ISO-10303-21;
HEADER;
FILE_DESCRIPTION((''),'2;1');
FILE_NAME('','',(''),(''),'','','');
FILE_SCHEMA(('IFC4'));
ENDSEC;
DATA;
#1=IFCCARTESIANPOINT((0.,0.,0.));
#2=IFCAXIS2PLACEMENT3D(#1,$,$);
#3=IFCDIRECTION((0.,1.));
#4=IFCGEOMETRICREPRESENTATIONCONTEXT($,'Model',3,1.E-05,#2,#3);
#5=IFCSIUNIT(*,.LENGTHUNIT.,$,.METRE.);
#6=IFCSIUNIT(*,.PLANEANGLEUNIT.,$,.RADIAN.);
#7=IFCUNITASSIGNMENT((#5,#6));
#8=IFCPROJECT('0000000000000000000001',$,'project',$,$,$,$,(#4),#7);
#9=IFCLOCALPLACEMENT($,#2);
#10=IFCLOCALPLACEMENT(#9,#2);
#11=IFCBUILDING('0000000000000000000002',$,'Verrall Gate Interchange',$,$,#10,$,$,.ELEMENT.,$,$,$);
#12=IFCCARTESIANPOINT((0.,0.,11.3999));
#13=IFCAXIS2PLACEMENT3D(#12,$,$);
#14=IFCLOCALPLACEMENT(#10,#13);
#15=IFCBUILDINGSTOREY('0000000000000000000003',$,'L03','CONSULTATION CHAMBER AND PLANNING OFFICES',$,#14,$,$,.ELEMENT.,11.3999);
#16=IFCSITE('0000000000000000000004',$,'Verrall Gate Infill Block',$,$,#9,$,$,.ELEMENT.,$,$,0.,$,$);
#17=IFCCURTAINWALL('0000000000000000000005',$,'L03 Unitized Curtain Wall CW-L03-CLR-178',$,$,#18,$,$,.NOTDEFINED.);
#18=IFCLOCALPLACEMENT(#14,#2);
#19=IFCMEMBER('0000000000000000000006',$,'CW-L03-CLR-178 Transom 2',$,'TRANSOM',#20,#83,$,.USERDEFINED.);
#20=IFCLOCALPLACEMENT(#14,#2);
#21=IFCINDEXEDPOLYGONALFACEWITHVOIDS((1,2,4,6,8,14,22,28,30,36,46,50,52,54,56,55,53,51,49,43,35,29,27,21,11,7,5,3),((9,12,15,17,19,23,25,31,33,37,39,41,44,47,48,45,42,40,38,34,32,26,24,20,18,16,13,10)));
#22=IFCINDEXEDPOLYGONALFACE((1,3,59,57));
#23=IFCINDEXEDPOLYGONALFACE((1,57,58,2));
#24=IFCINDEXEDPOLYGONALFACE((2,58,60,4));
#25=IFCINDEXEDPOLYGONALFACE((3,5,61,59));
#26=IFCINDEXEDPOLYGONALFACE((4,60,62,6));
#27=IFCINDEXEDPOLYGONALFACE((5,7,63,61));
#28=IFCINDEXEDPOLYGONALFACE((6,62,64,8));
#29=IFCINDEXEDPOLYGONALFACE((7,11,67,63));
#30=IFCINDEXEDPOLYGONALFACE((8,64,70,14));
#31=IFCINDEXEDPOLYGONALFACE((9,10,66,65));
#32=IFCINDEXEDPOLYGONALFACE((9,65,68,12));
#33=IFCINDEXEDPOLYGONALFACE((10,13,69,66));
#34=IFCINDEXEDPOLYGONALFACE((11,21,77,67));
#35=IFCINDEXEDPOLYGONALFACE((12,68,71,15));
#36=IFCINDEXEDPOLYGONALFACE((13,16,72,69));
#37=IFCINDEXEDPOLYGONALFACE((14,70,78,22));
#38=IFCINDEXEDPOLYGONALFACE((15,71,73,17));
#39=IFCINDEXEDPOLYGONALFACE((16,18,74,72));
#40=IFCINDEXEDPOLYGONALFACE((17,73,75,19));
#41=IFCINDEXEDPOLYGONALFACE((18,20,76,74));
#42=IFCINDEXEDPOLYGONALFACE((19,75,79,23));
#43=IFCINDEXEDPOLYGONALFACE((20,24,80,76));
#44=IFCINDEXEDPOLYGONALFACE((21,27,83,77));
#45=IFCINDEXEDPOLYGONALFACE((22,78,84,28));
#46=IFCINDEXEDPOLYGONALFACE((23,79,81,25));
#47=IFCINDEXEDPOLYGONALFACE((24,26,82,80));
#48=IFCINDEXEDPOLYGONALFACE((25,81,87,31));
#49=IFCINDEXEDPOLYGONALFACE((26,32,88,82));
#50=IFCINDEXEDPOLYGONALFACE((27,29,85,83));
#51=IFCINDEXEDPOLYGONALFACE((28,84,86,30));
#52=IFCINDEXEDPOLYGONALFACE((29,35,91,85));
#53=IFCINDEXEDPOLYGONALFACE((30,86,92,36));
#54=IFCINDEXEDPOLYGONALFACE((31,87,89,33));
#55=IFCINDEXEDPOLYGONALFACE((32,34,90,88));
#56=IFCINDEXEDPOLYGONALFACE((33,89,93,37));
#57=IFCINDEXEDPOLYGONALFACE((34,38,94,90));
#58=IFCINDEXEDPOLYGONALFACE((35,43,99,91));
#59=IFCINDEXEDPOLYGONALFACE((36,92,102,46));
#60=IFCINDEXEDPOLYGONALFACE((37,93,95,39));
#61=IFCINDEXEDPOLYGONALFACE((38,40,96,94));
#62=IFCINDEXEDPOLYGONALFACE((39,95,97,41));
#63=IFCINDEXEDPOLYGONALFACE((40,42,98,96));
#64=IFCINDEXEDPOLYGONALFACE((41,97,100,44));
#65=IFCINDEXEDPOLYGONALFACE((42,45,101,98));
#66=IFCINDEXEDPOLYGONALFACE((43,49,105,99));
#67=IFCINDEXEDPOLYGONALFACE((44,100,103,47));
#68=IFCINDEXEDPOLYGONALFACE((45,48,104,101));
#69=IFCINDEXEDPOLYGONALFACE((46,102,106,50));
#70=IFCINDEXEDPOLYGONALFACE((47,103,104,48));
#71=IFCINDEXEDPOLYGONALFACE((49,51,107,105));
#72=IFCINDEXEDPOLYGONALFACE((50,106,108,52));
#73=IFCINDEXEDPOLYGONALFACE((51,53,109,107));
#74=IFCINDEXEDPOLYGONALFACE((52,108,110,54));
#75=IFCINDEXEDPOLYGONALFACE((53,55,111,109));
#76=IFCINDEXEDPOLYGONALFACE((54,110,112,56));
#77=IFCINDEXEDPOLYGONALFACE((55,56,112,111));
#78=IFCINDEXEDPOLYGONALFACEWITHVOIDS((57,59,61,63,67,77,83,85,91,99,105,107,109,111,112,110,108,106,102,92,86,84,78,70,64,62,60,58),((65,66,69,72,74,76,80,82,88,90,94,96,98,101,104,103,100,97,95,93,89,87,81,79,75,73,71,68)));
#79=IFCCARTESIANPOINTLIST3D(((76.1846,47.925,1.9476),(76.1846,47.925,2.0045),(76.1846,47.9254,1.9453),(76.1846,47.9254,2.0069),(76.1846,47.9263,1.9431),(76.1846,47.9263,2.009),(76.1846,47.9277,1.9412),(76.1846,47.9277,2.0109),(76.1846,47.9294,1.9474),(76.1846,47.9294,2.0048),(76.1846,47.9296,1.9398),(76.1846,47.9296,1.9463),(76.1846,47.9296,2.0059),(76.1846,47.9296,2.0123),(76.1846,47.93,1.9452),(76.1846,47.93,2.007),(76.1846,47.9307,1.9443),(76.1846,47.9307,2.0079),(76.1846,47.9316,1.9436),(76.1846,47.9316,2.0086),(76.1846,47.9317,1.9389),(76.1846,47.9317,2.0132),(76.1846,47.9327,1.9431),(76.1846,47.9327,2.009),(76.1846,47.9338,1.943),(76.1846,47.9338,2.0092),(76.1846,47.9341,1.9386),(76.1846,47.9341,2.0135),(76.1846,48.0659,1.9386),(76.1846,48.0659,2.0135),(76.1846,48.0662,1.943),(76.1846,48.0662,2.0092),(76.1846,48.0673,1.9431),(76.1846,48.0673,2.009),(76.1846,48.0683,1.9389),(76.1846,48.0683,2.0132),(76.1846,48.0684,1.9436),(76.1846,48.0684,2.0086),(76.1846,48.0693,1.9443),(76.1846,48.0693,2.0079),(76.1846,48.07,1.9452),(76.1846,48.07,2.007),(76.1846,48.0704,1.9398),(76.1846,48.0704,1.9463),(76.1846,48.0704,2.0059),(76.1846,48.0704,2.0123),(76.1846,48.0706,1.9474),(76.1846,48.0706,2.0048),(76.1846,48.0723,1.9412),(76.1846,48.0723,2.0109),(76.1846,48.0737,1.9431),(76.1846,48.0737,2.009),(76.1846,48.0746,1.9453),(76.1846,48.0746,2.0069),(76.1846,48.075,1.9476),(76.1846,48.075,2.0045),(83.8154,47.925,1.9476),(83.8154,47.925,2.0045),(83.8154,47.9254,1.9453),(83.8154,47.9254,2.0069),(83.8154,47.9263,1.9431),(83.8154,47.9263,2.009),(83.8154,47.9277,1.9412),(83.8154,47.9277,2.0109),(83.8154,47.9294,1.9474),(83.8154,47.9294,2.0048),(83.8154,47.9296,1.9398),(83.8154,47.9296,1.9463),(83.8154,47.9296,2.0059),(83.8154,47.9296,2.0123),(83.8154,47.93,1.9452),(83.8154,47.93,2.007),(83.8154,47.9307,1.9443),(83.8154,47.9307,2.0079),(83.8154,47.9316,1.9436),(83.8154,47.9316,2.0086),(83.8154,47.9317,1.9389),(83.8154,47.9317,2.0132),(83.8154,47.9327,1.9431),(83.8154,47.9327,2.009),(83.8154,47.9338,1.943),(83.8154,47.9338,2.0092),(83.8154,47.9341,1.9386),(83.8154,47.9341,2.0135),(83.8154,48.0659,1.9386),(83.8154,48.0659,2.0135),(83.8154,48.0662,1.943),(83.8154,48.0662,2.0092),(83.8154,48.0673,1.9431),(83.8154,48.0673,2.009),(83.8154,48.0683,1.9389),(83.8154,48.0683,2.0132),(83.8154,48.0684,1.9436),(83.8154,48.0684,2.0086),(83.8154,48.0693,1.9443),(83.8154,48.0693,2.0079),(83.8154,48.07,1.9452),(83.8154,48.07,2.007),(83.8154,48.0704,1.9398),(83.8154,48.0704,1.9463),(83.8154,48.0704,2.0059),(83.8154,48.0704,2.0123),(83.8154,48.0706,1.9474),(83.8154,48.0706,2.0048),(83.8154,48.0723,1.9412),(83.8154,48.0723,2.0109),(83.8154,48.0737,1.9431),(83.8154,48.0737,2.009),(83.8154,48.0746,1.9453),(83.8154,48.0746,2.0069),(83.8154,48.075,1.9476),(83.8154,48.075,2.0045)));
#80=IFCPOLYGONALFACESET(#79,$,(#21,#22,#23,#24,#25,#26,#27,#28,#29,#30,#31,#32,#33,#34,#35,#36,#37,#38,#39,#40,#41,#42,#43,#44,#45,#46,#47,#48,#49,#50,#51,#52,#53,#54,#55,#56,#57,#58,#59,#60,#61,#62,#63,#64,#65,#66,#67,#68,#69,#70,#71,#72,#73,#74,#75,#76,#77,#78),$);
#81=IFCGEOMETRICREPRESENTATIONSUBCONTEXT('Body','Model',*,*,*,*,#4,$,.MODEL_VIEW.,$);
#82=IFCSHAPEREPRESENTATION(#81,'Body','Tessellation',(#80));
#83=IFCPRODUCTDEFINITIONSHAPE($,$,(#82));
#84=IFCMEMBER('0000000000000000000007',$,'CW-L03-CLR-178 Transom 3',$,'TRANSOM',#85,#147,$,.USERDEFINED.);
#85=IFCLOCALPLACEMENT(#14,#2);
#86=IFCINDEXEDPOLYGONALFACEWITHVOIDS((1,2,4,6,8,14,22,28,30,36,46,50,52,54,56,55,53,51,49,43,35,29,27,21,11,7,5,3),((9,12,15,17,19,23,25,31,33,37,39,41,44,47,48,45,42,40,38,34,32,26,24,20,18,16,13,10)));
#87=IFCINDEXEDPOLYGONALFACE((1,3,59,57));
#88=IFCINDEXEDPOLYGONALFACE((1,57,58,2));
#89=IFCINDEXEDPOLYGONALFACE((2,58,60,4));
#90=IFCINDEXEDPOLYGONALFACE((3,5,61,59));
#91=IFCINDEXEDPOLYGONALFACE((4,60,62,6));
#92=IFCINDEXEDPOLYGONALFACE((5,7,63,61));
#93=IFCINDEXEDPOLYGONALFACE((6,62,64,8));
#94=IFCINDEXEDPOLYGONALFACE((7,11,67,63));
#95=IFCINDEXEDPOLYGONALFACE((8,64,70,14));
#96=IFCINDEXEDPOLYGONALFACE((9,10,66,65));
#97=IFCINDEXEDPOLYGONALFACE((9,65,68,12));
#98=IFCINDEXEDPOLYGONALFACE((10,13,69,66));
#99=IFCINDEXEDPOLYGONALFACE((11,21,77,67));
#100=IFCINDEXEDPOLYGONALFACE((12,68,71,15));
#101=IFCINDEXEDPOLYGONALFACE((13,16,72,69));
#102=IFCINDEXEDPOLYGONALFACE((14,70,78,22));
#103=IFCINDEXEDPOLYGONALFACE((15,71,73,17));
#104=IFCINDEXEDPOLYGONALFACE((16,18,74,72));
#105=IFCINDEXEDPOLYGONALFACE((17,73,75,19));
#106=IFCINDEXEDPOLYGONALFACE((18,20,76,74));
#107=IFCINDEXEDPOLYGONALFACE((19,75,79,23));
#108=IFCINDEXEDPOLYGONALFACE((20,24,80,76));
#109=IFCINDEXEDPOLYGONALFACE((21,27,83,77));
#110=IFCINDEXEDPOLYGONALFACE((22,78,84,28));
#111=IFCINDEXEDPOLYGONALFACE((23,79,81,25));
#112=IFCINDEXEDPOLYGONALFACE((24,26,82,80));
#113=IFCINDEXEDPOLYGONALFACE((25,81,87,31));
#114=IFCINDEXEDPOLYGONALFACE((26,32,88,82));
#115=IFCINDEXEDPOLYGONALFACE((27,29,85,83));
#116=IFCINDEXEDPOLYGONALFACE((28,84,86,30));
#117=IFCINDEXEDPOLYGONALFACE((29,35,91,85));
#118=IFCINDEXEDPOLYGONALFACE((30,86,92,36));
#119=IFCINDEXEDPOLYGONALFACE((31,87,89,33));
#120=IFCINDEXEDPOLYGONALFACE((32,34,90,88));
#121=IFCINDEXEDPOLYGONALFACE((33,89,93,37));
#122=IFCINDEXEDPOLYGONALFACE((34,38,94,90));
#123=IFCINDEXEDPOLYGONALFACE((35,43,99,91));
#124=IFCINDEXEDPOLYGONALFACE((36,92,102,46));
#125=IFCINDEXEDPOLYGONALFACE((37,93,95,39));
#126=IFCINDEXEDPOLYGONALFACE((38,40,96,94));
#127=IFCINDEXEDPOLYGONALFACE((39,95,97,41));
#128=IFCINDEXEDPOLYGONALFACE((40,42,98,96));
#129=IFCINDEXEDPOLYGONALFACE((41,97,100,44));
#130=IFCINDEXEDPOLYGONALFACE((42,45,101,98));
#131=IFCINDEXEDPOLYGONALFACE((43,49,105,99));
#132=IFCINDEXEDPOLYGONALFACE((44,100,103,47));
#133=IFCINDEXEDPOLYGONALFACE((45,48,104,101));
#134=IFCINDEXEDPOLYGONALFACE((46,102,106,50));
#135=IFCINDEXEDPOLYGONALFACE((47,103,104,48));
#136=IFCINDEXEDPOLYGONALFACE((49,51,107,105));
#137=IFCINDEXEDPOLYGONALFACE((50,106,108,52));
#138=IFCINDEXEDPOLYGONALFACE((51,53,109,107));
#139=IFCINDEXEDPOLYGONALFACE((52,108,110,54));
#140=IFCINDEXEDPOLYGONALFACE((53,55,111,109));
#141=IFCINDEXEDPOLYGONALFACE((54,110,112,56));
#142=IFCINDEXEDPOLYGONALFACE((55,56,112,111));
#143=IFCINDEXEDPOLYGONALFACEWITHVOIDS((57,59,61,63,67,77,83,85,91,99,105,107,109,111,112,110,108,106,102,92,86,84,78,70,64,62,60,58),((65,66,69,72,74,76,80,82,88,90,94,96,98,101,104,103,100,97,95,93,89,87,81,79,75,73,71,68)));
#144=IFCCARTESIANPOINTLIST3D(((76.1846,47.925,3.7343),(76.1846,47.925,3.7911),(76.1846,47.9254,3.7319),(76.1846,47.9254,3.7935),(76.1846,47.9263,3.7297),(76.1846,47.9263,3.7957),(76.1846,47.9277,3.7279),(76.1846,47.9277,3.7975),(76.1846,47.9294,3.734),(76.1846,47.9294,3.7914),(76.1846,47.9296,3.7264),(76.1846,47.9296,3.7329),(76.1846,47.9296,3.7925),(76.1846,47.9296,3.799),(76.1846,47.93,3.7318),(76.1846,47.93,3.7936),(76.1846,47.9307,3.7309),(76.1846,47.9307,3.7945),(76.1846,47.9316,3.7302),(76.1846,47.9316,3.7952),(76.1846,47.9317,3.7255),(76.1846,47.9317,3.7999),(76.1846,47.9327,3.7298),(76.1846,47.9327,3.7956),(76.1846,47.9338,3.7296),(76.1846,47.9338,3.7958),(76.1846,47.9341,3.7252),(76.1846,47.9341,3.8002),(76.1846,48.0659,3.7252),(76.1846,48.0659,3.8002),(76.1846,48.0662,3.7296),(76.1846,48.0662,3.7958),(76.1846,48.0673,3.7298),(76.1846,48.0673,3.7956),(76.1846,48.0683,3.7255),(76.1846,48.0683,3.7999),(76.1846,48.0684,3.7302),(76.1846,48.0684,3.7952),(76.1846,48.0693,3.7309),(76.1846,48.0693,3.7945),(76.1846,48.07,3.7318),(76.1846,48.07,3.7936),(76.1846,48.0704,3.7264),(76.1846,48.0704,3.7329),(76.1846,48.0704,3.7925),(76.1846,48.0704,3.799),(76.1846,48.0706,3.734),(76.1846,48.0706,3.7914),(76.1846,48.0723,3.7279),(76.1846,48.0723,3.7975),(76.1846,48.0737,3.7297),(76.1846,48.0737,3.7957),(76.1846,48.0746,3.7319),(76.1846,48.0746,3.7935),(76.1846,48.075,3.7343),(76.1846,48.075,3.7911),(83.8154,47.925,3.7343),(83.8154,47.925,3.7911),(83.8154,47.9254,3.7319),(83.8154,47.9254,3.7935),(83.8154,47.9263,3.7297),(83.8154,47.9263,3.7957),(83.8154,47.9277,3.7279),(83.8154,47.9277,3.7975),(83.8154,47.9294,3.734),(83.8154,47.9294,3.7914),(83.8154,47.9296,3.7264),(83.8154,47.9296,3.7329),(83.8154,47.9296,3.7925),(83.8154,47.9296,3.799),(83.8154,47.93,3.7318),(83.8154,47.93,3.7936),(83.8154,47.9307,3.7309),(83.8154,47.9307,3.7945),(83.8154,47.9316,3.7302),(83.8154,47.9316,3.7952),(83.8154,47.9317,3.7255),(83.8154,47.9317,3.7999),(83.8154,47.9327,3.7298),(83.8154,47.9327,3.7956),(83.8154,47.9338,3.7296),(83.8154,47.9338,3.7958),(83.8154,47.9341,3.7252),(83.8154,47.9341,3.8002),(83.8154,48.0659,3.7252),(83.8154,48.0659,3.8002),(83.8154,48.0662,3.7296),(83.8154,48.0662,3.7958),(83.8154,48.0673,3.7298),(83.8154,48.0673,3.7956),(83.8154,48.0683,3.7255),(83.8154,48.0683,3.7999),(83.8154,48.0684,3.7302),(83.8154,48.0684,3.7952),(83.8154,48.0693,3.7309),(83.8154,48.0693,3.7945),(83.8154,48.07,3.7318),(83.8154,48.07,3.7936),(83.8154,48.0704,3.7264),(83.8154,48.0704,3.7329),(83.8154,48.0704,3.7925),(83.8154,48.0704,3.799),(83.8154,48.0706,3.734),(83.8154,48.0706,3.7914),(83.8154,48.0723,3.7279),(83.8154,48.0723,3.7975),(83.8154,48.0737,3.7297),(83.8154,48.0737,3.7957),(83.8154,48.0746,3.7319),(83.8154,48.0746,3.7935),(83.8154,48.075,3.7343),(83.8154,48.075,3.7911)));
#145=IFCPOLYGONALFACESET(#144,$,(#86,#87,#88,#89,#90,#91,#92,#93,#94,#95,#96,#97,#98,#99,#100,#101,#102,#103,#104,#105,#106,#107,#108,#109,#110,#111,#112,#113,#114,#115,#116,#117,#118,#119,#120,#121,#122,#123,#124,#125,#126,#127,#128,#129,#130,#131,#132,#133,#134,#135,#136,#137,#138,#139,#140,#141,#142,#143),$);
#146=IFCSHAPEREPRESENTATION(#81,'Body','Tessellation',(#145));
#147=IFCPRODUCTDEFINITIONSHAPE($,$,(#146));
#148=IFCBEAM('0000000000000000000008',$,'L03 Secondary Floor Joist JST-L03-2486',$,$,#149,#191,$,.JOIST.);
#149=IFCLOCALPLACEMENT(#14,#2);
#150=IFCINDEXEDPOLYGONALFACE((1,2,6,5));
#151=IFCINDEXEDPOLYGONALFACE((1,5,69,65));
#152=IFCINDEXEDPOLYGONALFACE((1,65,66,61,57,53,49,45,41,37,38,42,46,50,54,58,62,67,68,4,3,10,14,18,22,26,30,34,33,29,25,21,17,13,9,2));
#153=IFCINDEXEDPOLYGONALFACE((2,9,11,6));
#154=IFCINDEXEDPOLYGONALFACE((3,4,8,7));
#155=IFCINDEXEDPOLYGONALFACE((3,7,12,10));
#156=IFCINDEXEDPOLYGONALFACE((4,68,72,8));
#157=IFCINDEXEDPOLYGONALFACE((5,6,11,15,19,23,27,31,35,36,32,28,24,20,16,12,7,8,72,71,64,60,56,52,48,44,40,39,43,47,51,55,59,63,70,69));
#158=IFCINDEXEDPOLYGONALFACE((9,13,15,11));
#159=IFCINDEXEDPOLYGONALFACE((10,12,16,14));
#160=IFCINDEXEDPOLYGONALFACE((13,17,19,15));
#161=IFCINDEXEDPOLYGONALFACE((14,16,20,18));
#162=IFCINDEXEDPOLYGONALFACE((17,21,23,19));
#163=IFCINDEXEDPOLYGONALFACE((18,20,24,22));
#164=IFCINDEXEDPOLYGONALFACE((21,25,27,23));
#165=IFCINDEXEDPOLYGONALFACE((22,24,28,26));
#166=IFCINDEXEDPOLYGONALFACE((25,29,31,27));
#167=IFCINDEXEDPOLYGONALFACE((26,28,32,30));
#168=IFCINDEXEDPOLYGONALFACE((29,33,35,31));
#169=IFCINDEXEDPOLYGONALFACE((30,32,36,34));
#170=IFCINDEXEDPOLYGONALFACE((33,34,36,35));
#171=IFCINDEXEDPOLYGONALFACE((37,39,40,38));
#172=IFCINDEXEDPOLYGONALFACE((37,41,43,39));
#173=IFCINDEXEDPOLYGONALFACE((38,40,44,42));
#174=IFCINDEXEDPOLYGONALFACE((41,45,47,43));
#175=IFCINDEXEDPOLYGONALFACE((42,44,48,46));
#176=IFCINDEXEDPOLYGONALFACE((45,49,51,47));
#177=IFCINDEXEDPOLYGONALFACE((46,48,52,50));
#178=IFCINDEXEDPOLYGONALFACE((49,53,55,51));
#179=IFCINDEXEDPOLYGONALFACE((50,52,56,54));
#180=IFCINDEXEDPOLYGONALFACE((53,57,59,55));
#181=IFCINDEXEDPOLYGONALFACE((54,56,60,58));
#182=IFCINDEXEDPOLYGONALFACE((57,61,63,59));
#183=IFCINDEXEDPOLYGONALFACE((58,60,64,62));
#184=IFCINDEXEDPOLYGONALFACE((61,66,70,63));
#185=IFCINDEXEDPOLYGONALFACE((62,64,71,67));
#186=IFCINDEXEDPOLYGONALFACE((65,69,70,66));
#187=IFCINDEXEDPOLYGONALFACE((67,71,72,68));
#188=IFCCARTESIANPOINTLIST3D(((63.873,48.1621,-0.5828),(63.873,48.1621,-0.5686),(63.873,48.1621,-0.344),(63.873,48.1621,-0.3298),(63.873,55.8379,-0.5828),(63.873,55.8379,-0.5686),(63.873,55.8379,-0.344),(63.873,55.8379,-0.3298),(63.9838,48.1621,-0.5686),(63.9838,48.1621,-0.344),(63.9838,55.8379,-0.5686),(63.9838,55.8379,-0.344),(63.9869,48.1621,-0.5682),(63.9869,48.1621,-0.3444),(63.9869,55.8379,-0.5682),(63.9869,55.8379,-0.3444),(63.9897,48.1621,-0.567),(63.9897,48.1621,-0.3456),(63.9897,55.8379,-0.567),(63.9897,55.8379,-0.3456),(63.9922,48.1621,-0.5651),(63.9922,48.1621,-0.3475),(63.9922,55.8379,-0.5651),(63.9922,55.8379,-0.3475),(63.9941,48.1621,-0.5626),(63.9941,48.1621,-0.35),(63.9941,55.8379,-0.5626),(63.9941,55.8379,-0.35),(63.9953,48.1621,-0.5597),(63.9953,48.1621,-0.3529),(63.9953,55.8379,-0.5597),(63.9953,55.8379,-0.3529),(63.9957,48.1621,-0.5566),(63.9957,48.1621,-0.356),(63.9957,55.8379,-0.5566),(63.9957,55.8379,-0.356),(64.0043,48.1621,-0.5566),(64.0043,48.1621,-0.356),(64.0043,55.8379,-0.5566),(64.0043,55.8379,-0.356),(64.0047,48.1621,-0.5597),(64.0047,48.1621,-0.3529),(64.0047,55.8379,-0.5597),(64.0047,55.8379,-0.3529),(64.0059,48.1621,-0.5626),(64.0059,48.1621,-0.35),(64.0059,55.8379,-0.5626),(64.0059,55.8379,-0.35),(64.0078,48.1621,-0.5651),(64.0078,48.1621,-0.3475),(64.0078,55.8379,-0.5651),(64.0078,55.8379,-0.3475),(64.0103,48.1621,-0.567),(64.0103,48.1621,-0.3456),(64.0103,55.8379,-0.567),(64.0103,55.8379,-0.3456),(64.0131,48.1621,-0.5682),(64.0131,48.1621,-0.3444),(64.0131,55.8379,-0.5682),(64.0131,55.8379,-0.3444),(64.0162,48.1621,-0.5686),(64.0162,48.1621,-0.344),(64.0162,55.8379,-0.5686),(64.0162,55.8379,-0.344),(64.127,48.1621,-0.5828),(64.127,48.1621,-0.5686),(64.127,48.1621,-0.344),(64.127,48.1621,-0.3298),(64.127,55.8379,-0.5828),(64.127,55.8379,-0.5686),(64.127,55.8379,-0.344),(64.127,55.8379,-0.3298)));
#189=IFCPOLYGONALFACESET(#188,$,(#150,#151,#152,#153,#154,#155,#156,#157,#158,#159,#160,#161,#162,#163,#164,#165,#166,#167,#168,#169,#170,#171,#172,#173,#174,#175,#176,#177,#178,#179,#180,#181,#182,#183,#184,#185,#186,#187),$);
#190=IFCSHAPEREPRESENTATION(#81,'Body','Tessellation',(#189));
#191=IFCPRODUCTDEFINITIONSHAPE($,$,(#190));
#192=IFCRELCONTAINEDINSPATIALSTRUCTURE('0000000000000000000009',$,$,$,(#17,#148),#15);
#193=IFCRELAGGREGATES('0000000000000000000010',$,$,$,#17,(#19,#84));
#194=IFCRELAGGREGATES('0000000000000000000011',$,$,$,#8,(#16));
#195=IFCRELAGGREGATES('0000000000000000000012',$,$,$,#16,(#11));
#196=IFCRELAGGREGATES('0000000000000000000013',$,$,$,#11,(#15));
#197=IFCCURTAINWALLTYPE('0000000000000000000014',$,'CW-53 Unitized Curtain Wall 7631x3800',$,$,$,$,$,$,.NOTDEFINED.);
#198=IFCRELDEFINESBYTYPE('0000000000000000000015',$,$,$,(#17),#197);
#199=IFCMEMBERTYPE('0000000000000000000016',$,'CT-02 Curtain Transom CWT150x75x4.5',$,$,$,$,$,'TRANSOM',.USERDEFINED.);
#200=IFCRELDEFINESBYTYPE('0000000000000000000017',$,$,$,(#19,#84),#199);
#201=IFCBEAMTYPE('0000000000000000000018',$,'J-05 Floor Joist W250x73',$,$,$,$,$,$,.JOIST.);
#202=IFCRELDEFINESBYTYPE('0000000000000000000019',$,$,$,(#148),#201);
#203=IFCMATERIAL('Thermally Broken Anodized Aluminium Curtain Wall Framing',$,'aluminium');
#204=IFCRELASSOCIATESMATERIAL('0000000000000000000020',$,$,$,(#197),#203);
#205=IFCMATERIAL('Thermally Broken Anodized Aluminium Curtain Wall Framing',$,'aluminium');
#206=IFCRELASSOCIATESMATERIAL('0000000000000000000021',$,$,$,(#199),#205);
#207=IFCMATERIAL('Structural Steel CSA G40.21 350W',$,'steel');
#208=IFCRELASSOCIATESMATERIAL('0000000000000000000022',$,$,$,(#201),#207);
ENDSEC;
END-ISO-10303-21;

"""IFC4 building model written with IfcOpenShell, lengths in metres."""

from ifc_helpers import new_model, si_unit, direction, frame, origin, origin_2d, place, context, subcontext, project, spatial, hollow_rectangle, i_section, extrude, material, material_profile, profile_set, type_object, element, aggregate, save


model = new_model("IFC4")

# Units and contexts
model_context = context("Model", 3, precision=1e-05, world=origin(), true_north=direction((0.0, 1.0)))
body_context = subcontext(model_context, "Body", "Model", "MODEL_VIEW")
ifc_project = project(units=[si_unit("LENGTHUNIT", "METRE"), si_unit("PLANEANGLEUNIT", "RADIAN")], contexts=[model_context])

# Site, building, storey
site_placement = place(None, origin())
site = spatial("IfcSite", under=ifc_project, at=site_placement, Name="Verrall Gate Infill Block", CompositionType="ELEMENT", RefElevation=0.0)
building_placement = place(site_placement, origin())
building = spatial("IfcBuilding", under=site, at=building_placement, Name="Verrall Gate Interchange", CompositionType="ELEMENT")
storey_placement = place(building_placement, frame((0.0, 0.0, 11.3999)))
storey = spatial("IfcBuildingStorey", under=building, at=storey_placement, Name="L03", Description="CONSULTATION CHAMBER AND PLANNING OFFICES", CompositionType="ELEMENT", Elevation=11.3999)

# Shared definitions
ifc_material_1 = material(Name="Thermally Broken Anodized Aluminium Curtain Wall Framing", Category="aluminium")
curtain_wall_type = type_object("IfcCurtainWallType", Name="CW-53 Unitized Curtain Wall 7631x3800", PredefinedType="NOTDEFINED", material=ifc_material_1)

# Curtain wall, members
curtain_wall_1_placement = place(storey_placement, origin())
curtain_wall_1 = element("IfcCurtainWall", 1, at=curtain_wall_1_placement, inside=storey, type_object=curtain_wall_type, Name="L03 Unitized Curtain Wall CW-L03-CLR-178", PredefinedType="NOTDEFINED")
ifc_material_2 = material(Name="Thermally Broken Anodized Aluminium Curtain Wall Framing", Category="aluminium")
ifc_material_profile_1 = material_profile(ifc_material_2, hollow_rectangle(XDim=0.1499, YDim=0.075, WallThickness=0.0044, InnerFilletRadius=0.0044, OuterFilletRadius=0.009, at=origin_2d()), Name="CWT150x75x4.5")
ifc_profile_set_1 = profile_set([ifc_material_profile_1], Name="Thermally Broken Anodized Aluminium Curtain Wall Framing")
member_type_1 = type_object("IfcMemberType", Name="CT-02 Curtain Transom CWT150x75x4.5", ElementType="TRANSOM", PredefinedType="USERDEFINED", material=ifc_profile_set_1)
member_1_placement = place(storey_placement, frame((76.1846, 48.0, 1.9761), z_axis=(1.0, 0.0, 0.0), x_axis=(0.0, 1.0, 0.0)))
member_1 = element("IfcMember", 2, at=member_1_placement, type_object=member_type_1, Name="CW-L03-CLR-178 Transom 2", ObjectType="TRANSOM", PredefinedType="USERDEFINED", context=body_context, shape_type="SweptSolid", body=[
    extrude(hollow_rectangle(XDim=0.1499, YDim=0.075, WallThickness=0.0044, InnerFilletRadius=0.0044, OuterFilletRadius=0.009, at=origin_2d()), origin(), (0.0, 0.0, 1.0), 7.6309),
])
member_2_placement = place(storey_placement, frame((76.1846, 48.0, 3.7627), z_axis=(1.0, 0.0, 0.0), x_axis=(0.0, 1.0, 0.0)))
member_2 = element("IfcMember", 3, at=member_2_placement, type_object=member_type_1, Name="CW-L03-CLR-178 Transom 3", ObjectType="TRANSOM", PredefinedType="USERDEFINED", context=body_context, shape_type="SweptSolid", body=[
    extrude(hollow_rectangle(XDim=0.1499, YDim=0.075, WallThickness=0.0044, InnerFilletRadius=0.0044, OuterFilletRadius=0.009, at=origin_2d()), origin(), (0.0, 0.0, 1.0), 7.6309),
])

# Beam
ifc_material_3 = material(Name="Structural Steel CSA G40.21 350W", Category="steel")
ifc_material_profile_2 = material_profile(ifc_material_3, i_section(OverallWidth=0.2539, OverallDepth=0.2529, WebThickness=0.0085, FlangeThickness=0.0142, FilletRadius=0.012, at=origin_2d()), Name="W250x73")
ifc_profile_set_2 = profile_set([ifc_material_profile_2], Name="Structural Steel CSA G40.21 350W")
beam_type_1 = type_object("IfcBeamType", Name="J-05 Floor Joist W250x73", PredefinedType="JOIST", material=ifc_profile_set_2)
beam_1_placement = place(storey_placement, frame((64.0, 48.1621, -0.4563), z_axis=(0.0, 1.0, 0.0), x_axis=(-1.0, 0.0, 0.0)))
element("IfcBeam", 4, at=beam_1_placement, inside=storey, type_object=beam_type_1, Name="L03 Secondary Floor Joist JST-L03-2486", PredefinedType="JOIST", context=body_context, shape_type="SweptSolid", body=[
    extrude(i_section(OverallWidth=0.2539, OverallDepth=0.2529, WebThickness=0.0085, FlangeThickness=0.0142, FilletRadius=0.012, at=origin_2d()), origin(), (0.0, 0.0, 1.0), 7.6758),
])

aggregate(curtain_wall_1, [member_1, member_2])

save(model, "model.ifc")
